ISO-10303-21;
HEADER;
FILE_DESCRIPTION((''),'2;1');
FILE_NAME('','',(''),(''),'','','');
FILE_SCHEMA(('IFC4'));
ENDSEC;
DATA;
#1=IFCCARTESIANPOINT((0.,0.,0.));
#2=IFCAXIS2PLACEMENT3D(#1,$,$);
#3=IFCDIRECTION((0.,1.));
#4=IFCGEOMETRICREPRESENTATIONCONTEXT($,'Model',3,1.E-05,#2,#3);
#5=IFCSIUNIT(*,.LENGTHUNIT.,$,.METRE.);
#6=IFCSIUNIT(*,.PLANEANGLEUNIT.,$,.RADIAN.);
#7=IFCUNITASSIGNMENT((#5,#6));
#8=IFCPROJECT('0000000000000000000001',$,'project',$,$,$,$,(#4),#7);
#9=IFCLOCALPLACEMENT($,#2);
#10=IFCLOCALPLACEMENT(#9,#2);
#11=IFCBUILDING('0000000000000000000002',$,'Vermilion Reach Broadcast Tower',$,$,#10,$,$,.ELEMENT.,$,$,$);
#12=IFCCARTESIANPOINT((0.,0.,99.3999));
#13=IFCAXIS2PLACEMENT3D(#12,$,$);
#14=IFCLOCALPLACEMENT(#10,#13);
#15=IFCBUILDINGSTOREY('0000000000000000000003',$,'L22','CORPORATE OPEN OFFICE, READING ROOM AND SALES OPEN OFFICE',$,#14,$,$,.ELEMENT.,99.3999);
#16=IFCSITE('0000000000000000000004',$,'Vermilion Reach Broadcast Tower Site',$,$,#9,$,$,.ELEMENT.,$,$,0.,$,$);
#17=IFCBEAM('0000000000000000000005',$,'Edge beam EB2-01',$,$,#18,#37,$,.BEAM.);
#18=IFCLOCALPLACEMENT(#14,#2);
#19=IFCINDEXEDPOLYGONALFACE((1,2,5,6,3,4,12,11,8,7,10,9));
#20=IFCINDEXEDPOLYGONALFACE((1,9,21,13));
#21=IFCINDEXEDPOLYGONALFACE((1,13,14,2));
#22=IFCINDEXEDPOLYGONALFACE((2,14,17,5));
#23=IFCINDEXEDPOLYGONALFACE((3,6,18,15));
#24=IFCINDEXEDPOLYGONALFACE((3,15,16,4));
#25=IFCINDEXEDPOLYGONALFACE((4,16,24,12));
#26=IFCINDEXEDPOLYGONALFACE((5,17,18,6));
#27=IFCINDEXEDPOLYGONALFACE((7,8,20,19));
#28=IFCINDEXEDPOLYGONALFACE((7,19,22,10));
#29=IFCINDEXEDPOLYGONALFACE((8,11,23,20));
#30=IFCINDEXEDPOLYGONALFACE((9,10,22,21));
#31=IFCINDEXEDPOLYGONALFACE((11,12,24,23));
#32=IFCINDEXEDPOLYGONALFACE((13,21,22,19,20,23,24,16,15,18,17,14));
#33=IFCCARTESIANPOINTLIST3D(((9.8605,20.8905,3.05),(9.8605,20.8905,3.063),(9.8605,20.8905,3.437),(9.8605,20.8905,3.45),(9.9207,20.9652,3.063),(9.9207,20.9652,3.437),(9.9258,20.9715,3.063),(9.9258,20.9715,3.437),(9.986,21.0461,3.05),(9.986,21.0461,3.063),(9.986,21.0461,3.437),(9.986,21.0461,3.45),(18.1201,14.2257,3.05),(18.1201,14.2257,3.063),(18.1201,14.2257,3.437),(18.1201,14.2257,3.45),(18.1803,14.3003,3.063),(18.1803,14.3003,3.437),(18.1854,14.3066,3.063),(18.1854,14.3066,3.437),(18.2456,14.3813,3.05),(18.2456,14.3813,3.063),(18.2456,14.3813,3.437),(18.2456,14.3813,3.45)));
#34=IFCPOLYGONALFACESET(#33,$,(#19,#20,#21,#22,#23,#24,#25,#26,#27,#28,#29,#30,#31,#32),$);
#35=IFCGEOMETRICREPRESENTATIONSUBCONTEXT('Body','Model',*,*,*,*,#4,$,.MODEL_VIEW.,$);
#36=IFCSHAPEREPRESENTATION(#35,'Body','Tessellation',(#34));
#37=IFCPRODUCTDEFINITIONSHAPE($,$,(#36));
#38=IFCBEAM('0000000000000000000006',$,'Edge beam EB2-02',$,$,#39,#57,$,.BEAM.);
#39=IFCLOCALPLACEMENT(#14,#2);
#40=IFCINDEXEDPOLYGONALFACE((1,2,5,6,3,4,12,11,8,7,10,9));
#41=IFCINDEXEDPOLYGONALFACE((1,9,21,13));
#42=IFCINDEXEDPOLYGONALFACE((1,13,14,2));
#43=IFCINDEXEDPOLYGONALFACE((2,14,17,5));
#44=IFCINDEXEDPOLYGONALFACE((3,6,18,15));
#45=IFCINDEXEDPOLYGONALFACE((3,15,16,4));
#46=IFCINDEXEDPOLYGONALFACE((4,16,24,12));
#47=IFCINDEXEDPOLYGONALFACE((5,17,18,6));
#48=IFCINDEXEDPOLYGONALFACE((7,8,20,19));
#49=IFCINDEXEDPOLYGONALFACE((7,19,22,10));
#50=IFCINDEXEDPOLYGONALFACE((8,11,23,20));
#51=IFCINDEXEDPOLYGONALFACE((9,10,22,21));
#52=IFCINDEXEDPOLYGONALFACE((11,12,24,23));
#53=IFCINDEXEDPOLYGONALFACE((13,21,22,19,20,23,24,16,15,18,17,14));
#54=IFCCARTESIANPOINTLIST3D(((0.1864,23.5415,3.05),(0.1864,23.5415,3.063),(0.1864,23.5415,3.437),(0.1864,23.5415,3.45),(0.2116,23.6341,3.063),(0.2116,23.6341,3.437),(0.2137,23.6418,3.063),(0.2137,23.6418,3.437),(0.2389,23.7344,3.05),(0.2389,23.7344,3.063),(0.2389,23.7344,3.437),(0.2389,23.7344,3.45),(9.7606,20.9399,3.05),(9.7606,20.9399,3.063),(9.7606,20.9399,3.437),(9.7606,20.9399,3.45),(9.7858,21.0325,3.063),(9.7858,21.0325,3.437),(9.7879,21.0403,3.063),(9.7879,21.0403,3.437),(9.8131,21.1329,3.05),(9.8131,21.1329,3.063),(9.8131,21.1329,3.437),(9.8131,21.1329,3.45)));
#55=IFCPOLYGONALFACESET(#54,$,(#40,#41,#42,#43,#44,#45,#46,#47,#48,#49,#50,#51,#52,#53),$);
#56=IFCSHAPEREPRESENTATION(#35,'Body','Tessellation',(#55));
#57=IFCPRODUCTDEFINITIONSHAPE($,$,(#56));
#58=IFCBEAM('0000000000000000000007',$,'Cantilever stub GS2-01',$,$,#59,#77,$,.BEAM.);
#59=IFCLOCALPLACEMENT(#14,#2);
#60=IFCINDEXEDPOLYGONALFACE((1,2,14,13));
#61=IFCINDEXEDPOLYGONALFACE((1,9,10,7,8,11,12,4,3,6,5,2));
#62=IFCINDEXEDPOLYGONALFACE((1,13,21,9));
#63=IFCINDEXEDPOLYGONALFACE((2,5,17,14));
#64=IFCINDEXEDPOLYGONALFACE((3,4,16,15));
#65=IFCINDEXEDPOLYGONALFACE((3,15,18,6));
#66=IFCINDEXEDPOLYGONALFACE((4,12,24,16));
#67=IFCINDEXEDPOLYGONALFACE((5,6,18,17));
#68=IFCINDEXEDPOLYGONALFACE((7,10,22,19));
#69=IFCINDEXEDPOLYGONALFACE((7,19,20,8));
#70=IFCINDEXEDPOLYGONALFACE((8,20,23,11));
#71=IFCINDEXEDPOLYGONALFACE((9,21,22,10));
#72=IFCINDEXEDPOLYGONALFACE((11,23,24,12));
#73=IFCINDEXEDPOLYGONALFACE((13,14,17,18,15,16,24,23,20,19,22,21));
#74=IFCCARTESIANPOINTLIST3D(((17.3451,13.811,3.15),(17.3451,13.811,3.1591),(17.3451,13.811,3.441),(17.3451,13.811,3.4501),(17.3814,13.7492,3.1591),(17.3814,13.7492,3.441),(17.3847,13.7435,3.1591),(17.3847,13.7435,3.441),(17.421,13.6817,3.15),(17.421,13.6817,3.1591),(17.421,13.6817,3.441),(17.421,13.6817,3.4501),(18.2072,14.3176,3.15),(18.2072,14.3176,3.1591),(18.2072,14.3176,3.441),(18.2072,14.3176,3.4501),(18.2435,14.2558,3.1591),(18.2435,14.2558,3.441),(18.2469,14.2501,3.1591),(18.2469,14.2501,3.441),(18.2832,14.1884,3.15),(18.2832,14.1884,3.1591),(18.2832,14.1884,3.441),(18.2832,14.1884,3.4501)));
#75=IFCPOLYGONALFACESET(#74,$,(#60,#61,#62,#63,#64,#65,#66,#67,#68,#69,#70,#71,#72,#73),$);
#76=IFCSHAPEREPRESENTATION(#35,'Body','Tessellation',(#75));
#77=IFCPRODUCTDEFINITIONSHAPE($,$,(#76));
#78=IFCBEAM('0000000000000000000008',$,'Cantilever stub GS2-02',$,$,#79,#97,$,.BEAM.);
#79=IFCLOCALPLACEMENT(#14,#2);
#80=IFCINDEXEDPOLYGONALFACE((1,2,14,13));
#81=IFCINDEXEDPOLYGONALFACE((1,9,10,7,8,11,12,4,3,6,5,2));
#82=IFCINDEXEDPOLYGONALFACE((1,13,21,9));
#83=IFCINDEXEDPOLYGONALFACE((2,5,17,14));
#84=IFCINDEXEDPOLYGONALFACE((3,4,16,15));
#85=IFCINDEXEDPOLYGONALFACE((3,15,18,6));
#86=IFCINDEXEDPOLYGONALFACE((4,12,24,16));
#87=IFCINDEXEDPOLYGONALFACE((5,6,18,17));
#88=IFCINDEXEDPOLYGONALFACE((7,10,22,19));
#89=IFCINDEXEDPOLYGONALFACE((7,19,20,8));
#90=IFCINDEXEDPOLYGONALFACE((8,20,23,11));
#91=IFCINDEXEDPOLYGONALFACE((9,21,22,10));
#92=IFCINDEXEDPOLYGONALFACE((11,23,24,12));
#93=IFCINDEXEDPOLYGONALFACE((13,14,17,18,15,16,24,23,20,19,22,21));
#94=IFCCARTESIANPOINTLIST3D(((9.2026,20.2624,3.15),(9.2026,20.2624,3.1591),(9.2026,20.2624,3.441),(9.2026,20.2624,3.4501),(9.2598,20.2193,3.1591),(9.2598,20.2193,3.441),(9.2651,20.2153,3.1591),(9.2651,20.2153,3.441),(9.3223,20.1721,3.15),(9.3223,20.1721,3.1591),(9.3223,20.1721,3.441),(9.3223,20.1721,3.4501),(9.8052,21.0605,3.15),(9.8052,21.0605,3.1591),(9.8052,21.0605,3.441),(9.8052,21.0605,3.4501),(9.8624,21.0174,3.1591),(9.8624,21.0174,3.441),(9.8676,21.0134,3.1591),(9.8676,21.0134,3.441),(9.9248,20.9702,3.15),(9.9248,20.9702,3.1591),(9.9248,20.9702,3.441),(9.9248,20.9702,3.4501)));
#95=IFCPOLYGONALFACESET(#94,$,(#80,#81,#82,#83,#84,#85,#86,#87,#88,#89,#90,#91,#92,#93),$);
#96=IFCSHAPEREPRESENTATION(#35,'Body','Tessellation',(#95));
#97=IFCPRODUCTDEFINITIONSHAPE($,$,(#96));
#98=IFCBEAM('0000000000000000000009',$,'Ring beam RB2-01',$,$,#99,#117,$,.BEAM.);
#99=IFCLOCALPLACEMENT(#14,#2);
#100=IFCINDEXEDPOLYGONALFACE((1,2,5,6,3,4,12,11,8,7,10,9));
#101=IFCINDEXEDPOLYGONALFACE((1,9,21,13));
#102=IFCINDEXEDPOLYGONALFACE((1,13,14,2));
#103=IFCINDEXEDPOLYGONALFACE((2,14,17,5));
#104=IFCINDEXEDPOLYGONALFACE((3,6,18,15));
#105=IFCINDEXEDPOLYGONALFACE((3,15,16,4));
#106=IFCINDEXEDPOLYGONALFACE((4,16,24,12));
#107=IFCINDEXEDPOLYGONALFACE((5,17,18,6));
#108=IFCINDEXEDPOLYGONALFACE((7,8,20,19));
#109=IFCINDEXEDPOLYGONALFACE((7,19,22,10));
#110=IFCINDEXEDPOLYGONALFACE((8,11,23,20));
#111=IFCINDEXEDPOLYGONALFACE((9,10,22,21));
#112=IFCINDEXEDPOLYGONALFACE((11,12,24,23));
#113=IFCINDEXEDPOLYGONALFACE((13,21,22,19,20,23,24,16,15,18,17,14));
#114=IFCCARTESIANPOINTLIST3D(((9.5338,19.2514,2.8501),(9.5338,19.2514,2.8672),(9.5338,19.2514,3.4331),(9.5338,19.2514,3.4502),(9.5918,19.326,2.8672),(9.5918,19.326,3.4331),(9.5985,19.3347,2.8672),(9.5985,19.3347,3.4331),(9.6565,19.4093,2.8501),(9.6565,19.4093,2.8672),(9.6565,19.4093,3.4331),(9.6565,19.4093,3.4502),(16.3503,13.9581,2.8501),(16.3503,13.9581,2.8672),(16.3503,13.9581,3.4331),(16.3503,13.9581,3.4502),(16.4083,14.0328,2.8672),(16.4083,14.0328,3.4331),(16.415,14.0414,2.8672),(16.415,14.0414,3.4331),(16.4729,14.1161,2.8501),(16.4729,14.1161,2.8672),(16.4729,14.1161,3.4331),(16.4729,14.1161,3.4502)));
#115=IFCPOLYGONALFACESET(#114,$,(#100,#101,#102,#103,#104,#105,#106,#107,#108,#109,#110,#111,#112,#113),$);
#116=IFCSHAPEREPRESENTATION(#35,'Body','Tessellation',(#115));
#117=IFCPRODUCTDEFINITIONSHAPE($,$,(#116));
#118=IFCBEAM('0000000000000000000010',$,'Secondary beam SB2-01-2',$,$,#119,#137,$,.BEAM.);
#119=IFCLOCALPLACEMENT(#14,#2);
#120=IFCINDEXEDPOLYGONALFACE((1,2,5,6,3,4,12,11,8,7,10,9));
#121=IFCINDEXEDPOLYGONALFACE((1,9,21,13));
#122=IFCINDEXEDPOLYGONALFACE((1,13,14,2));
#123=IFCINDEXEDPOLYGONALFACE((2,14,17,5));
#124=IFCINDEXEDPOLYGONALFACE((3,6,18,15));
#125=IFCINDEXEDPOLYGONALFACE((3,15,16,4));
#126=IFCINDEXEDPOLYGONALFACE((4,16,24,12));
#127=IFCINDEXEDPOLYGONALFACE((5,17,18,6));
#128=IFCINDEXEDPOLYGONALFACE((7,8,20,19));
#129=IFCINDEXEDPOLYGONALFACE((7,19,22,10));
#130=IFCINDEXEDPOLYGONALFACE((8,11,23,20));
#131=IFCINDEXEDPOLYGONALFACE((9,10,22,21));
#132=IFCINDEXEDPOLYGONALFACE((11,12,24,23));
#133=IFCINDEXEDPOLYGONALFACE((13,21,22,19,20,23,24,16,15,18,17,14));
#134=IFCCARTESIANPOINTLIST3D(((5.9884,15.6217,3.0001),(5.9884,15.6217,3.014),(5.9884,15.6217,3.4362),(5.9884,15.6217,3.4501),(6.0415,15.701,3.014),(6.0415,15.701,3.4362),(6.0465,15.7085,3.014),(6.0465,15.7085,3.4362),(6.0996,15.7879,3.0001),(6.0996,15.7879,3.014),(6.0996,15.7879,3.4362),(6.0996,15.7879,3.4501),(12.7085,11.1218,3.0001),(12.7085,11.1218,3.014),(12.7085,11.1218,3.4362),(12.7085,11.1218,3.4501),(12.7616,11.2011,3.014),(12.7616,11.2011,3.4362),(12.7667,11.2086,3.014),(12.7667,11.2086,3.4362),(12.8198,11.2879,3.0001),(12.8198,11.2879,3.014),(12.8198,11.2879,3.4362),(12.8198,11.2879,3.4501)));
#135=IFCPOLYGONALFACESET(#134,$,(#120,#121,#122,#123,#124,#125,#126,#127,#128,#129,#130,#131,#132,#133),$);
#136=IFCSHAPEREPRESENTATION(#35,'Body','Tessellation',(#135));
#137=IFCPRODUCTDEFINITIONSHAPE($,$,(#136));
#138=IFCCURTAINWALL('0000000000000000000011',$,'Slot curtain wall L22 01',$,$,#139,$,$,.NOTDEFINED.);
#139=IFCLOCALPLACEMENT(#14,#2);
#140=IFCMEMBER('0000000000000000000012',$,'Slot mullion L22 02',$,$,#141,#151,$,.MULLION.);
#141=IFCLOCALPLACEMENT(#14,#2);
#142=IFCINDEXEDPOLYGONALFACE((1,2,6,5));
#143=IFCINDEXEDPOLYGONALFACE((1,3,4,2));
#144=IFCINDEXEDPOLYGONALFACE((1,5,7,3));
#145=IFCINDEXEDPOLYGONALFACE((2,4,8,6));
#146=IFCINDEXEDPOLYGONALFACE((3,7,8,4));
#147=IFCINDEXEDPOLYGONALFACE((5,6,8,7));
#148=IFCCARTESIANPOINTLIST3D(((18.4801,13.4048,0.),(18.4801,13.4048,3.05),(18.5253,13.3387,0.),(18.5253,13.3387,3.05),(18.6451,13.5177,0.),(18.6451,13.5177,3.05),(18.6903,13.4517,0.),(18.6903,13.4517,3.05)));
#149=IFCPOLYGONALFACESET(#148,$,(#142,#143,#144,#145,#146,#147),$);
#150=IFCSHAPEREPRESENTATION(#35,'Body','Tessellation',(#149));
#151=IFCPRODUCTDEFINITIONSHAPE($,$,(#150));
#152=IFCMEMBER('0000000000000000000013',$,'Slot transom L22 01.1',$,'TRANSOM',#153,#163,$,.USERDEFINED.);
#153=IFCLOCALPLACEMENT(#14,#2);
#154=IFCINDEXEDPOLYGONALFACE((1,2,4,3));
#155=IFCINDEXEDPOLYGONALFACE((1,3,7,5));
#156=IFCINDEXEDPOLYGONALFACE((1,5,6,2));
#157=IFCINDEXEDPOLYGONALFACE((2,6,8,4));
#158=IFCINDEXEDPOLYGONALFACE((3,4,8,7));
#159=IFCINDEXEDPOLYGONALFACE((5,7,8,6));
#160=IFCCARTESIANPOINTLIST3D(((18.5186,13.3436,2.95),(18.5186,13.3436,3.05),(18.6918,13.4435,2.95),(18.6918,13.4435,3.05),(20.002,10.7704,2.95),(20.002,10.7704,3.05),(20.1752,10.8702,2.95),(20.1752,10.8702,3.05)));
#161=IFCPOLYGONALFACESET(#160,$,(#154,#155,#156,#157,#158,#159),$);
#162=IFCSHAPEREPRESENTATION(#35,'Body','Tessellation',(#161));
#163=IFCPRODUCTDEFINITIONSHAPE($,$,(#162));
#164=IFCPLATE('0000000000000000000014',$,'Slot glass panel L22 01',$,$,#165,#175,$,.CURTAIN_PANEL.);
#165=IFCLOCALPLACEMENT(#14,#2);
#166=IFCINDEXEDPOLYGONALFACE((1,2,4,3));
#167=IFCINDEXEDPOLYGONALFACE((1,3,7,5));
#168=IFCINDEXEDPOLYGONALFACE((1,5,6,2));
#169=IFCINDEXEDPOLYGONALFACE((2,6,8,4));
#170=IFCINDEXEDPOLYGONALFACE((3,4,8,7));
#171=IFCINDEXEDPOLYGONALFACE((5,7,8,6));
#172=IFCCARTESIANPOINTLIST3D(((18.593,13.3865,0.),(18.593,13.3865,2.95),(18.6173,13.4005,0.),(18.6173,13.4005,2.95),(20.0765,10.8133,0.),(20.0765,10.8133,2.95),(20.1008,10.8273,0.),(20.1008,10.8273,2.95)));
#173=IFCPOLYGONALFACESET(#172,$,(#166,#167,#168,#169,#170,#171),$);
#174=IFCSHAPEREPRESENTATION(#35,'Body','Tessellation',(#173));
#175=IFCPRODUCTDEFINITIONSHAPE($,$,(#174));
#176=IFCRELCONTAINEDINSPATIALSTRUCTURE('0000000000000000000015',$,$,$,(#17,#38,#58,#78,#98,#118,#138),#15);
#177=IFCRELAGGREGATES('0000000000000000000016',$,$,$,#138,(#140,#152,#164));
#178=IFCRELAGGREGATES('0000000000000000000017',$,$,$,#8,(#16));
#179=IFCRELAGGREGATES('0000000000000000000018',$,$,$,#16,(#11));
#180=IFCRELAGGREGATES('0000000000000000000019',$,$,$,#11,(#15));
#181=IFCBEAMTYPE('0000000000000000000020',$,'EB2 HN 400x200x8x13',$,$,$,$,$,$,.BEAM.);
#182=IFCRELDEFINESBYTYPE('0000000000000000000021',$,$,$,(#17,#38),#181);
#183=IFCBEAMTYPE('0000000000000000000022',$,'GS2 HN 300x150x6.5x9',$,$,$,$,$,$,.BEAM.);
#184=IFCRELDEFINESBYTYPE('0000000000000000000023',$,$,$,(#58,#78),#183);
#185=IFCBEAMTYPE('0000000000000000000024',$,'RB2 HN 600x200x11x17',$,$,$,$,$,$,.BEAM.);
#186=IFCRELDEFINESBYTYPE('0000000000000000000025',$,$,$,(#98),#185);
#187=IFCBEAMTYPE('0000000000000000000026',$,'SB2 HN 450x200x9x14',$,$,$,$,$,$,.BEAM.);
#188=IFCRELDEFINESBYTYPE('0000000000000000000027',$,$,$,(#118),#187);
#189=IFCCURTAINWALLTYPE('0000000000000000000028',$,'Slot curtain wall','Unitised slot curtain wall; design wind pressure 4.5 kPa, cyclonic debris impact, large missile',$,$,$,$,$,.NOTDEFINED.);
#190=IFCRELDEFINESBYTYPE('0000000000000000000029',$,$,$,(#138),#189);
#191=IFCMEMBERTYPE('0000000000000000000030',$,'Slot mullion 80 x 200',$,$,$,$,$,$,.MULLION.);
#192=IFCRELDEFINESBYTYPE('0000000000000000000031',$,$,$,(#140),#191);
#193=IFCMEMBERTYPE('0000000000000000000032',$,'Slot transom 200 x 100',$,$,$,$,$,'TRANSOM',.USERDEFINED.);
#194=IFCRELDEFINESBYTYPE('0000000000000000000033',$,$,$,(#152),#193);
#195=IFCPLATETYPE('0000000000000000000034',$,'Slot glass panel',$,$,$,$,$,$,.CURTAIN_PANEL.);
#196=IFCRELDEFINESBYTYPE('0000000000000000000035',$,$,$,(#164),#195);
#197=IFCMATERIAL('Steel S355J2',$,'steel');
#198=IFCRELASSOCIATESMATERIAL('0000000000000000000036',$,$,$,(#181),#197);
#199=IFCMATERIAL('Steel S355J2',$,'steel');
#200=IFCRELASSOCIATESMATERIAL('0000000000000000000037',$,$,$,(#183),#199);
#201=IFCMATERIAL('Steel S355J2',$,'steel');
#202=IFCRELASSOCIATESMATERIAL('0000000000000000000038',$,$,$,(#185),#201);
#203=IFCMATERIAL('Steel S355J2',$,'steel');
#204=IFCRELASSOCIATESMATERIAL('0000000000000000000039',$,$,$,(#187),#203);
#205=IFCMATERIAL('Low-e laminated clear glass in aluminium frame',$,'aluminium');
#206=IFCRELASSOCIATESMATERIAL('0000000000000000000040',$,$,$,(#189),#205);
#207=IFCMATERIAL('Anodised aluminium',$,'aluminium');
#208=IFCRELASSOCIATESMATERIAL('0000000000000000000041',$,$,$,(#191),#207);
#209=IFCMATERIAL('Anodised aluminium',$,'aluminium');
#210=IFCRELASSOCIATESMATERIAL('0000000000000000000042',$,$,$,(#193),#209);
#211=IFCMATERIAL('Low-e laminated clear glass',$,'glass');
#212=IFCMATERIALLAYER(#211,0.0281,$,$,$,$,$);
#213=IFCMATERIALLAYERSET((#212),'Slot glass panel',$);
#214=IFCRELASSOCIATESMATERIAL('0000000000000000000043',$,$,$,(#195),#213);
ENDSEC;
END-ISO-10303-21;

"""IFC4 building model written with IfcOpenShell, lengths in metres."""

from ifc_helpers import new_model, si_unit, direction, frame, origin, origin_2d, place, context, subcontext, project, spatial, rectangle, i_section, extrude, material, layer, layer_set, material_profile, profile_set, type_object, element, aggregate, save


model = new_model("IFC4")

# Units and contexts
model_context = context("Model", 3, precision=1e-05, world=origin(), true_north=direction((0.0, 1.0)))
body_context = subcontext(model_context, "Body", "Model", "MODEL_VIEW")
ifc_project = project(units=[si_unit("LENGTHUNIT", "METRE"), si_unit("PLANEANGLEUNIT", "RADIAN")], contexts=[model_context])

# Site, building, storey
site_placement = place(None, origin())
site = spatial("IfcSite", under=ifc_project, at=site_placement, Name="Vermilion Reach Broadcast Tower Site", CompositionType="ELEMENT", RefElevation=0.0)
building_placement = place(site_placement, origin())
building = spatial("IfcBuilding", under=site, at=building_placement, Name="Vermilion Reach Broadcast Tower", CompositionType="ELEMENT")
storey_placement = place(building_placement, frame((0.0, 0.0, 99.3999)))
storey = spatial("IfcBuildingStorey", under=building, at=storey_placement, Name="L22", Description="CORPORATE OPEN OFFICE, READING ROOM AND SALES OPEN OFFICE", CompositionType="ELEMENT", Elevation=99.3999)

# Beams
ifc_material_1 = material(Name="Steel S355J2", Category="steel")
ifc_material_profile_1 = material_profile(ifc_material_1, i_section(OverallWidth=0.2, OverallDepth=0.3999, WebThickness=0.0081, FlangeThickness=0.0129, at=origin_2d()), Name="S355J2 HN 400x200x8x13")
ifc_profile_set_1 = profile_set([ifc_material_profile_1], Name="Steel S355J2")
beam_type_1 = type_object("IfcBeamType", Name="EB2 HN 400x200x8x13", PredefinedType="BEAM", material=ifc_profile_set_1)
beam_1_placement = place(storey_placement, frame((18.1829, 14.3035, 3.25), z_axis=(-0.778234, 0.627975, 0.0), x_axis=(-0.627975, -0.778234, 0.0)))
element("IfcBeam", 1, at=beam_1_placement, inside=storey, type_object=beam_type_1, Name="Edge beam EB2-01", PredefinedType="BEAM", context=body_context, shape_type="SweptSolid", body=[
    extrude(i_section(OverallWidth=0.2, OverallDepth=0.3999, WebThickness=0.0081, FlangeThickness=0.0129, at=origin_2d()), origin(), (0.0, 0.0, 1.0), 10.6133),
])
beam_2_placement = place(storey_placement, frame((9.7869, 21.0364, 3.25), z_axis=(-0.965009, 0.262218, 0.0), x_axis=(-0.262218, -0.965009, 0.0)))
element("IfcBeam", 2, at=beam_2_placement, inside=storey, type_object=beam_type_1, Name="Edge beam EB2-02", PredefinedType="BEAM", context=body_context, shape_type="SweptSolid", body=[
    extrude(i_section(OverallWidth=0.2, OverallDepth=0.3999, WebThickness=0.0081, FlangeThickness=0.0129, at=origin_2d()), origin(), (0.0, 0.0, 1.0), 9.9214),
])
ifc_material_2 = material(Name="Steel S355J2", Category="steel")
ifc_material_profile_2 = material_profile(ifc_material_2, i_section(OverallWidth=0.1499, OverallDepth=0.3, WebThickness=0.0066, FlangeThickness=0.009, at=origin_2d()), Name="S355J2 HN 300x150x6.5x9")
ifc_profile_set_2 = profile_set([ifc_material_profile_2], Name="Steel S355J2")
beam_type_2 = type_object("IfcBeamType", Name="GS2 HN 300x150x6.5x9", PredefinedType="BEAM", material=ifc_profile_set_2)
for number, where, z_axis, x_axis, name in (
    (3, (17.3831, 13.7463, 3.3), (0.862154, 0.506647, 0.0), (-0.506647, 0.862154, 0.0), "Cantilever stub GS2-01"),
    (4, (9.2625, 20.2173, 3.3), (0.602536, 0.798092, 0.0), (-0.798092, 0.602536, 0.0), "Cantilever stub GS2-02"),
):
    element("IfcBeam", number, at=place(storey_placement, frame(where, z_axis=z_axis, x_axis=x_axis)), inside=storey, type_object=beam_type_2, Name=name, PredefinedType="BEAM", context=body_context, shape_type="SweptSolid", body=[
        extrude(i_section(OverallWidth=0.1499, OverallDepth=0.3, WebThickness=0.0066, FlangeThickness=0.009, at=origin_2d()), origin(), (0.0, 0.0, 1.0), 1.0),
    ])
ifc_material_3 = material(Name="Steel S355J2", Category="steel")
ifc_material_profile_3 = material_profile(ifc_material_3, i_section(OverallWidth=0.2, OverallDepth=0.6001, WebThickness=0.011, FlangeThickness=0.0171, at=origin_2d()), Name="S355J2 HN 600x200x11x17")
ifc_profile_set_3 = profile_set([ifc_material_profile_3], Name="Steel S355J2")
beam_type_3 = type_object("IfcBeamType", Name="RB2 HN 600x200x11x17", PredefinedType="BEAM", material=ifc_profile_set_3)
beam_3_placement = place(storey_placement, frame((16.4116, 14.0371, 3.1501), z_axis=(-0.789826, 0.613331, 0.0), x_axis=(-0.613331, -0.789826, 0.0)))
element("IfcBeam", 5, at=beam_3_placement, inside=storey, type_object=beam_type_3, Name="Ring beam RB2-01", PredefinedType="BEAM", context=body_context, shape_type="SweptSolid", body=[
    extrude(i_section(OverallWidth=0.2, OverallDepth=0.6001, WebThickness=0.011, FlangeThickness=0.0171, at=origin_2d()), origin(), (0.0, 0.0, 1.0), 8.6304),
])
ifc_material_4 = material(Name="Steel S355J2", Category="steel")
ifc_material_profile_4 = material_profile(ifc_material_4, i_section(OverallWidth=0.2, OverallDepth=0.45, WebThickness=0.009, FlangeThickness=0.0139, at=origin_2d()), Name="S355J2 HN 450x200x9x14")
ifc_profile_set_4 = profile_set([ifc_material_profile_4], Name="Steel S355J2")
beam_type_4 = type_object("IfcBeamType", Name="SB2 HN 450x200x9x14", PredefinedType="BEAM", material=ifc_profile_set_4)
beam_4_placement = place(storey_placement, frame((12.7642, 11.2048, 3.2251), z_axis=(-0.830915, 0.556399, 0.0), x_axis=(-0.556399, -0.830915, 0.0)))
element("IfcBeam", 6, at=beam_4_placement, inside=storey, type_object=beam_type_4, Name="Secondary beam SB2-01-2", PredefinedType="BEAM", context=body_context, shape_type="SweptSolid", body=[
    extrude(i_section(OverallWidth=0.2, OverallDepth=0.45, WebThickness=0.009, FlangeThickness=0.0139, at=origin_2d()), origin(), (0.0, 0.0, 1.0), 8.0876),
])

# Curtain wall, members, plate
ifc_material_5 = material(Name="Low-e laminated clear glass in aluminium frame", Category="aluminium")
curtain_wall_type = type_object("IfcCurtainWallType", Name="Slot curtain wall", Description="Unitised slot curtain wall; design wind pressure 4.5 kPa, cyclonic debris impact, large missile", PredefinedType="NOTDEFINED", material=ifc_material_5)
curtain_wall_placement = place(storey_placement, origin())
curtain_wall = element("IfcCurtainWall", 7, at=curtain_wall_placement, inside=storey, type_object=curtain_wall_type, Name="Slot curtain wall L22 01", PredefinedType="NOTDEFINED")
ifc_material_6 = material(Name="Anodised aluminium", Category="aluminium")
ifc_material_profile_5 = material_profile(ifc_material_6, rectangle(XDim=0.2, YDim=0.0801, at=origin_2d()), Name="Slot mullion 80 x 200")
ifc_profile_set_5 = profile_set([ifc_material_profile_5], Name="Anodised aluminium")
member_type_1 = type_object("IfcMemberType", Name="Slot mullion 80 x 200", PredefinedType="MULLION", material=ifc_profile_set_5)
member_1_placement = place(storey_placement, frame((18.5852, 13.4282, 0.0), z_axis=(0.0, 0.0, 1.0), x_axis=(-0.825178, -0.564872, 0.0)))
member_1 = element("IfcMember", 8, at=member_1_placement, type_object=member_type_1, Name="Slot mullion L22 02", PredefinedType="MULLION", context=body_context, shape_type="SweptSolid", body=[
    extrude(rectangle(XDim=0.2, YDim=0.0801, at=origin_2d()), origin(), (0.0, 0.0, 1.0), 3.05),
])
ifc_material_7 = material(Name="Anodised aluminium", Category="aluminium")
ifc_material_profile_6 = material_profile(ifc_material_7, rectangle(XDim=0.2, YDim=0.1001, at=origin_2d()), Name="Slot transom 200 x 100")
ifc_profile_set_6 = profile_set([ifc_material_profile_6], Name="Anodised aluminium")
member_type_2 = type_object("IfcMemberType", Name="Slot transom 200 x 100", ElementType="TRANSOM", PredefinedType="USERDEFINED", material=ifc_profile_set_6)
member_2_placement = place(storey_placement, frame((20.0886, 10.8203, 3.0), z_axis=(-0.499428, 0.866355, 0.0), x_axis=(-0.866355, -0.499428, 0.0)))
member_2 = element("IfcMember", 9, at=member_2_placement, type_object=member_type_2, Name="Slot transom L22 01.1", ObjectType="TRANSOM", PredefinedType="USERDEFINED", context=body_context, shape_type="SweptSolid", body=[
    extrude(rectangle(XDim=0.2, YDim=0.1001, at=origin_2d()), origin(), (0.0, 0.0, 1.0), 2.9702),
])
ifc_material_8 = material(Name="Low-e laminated clear glass", Category="glass")
ifc_layer_1 = layer(ifc_material_8, 0.0281)
ifc_layer_set_1 = layer_set([ifc_layer_1], Name="Slot glass panel")
plate_type = type_object("IfcPlateType", Name="Slot glass panel", PredefinedType="CURTAIN_PANEL", material=ifc_layer_set_1)
plate_placement = place(storey_placement, frame((19.3469, 12.1069, 0.0), z_axis=(0.0, 0.0, 1.0), x_axis=(-0.499464, 0.866335, 0.0)))
plate = element("IfcPlate", 10, at=plate_placement, type_object=plate_type, Name="Slot glass panel L22 01", PredefinedType="CURTAIN_PANEL", context=body_context, shape_type="SweptSolid", body=[
    extrude(rectangle(XDim=2.9702, YDim=0.0281, at=origin_2d()), origin(), (0.0, 0.0, 1.0), 2.95),
])
aggregate(curtain_wall, [member_1, member_2, plate])

save(model, "model.ifc")
